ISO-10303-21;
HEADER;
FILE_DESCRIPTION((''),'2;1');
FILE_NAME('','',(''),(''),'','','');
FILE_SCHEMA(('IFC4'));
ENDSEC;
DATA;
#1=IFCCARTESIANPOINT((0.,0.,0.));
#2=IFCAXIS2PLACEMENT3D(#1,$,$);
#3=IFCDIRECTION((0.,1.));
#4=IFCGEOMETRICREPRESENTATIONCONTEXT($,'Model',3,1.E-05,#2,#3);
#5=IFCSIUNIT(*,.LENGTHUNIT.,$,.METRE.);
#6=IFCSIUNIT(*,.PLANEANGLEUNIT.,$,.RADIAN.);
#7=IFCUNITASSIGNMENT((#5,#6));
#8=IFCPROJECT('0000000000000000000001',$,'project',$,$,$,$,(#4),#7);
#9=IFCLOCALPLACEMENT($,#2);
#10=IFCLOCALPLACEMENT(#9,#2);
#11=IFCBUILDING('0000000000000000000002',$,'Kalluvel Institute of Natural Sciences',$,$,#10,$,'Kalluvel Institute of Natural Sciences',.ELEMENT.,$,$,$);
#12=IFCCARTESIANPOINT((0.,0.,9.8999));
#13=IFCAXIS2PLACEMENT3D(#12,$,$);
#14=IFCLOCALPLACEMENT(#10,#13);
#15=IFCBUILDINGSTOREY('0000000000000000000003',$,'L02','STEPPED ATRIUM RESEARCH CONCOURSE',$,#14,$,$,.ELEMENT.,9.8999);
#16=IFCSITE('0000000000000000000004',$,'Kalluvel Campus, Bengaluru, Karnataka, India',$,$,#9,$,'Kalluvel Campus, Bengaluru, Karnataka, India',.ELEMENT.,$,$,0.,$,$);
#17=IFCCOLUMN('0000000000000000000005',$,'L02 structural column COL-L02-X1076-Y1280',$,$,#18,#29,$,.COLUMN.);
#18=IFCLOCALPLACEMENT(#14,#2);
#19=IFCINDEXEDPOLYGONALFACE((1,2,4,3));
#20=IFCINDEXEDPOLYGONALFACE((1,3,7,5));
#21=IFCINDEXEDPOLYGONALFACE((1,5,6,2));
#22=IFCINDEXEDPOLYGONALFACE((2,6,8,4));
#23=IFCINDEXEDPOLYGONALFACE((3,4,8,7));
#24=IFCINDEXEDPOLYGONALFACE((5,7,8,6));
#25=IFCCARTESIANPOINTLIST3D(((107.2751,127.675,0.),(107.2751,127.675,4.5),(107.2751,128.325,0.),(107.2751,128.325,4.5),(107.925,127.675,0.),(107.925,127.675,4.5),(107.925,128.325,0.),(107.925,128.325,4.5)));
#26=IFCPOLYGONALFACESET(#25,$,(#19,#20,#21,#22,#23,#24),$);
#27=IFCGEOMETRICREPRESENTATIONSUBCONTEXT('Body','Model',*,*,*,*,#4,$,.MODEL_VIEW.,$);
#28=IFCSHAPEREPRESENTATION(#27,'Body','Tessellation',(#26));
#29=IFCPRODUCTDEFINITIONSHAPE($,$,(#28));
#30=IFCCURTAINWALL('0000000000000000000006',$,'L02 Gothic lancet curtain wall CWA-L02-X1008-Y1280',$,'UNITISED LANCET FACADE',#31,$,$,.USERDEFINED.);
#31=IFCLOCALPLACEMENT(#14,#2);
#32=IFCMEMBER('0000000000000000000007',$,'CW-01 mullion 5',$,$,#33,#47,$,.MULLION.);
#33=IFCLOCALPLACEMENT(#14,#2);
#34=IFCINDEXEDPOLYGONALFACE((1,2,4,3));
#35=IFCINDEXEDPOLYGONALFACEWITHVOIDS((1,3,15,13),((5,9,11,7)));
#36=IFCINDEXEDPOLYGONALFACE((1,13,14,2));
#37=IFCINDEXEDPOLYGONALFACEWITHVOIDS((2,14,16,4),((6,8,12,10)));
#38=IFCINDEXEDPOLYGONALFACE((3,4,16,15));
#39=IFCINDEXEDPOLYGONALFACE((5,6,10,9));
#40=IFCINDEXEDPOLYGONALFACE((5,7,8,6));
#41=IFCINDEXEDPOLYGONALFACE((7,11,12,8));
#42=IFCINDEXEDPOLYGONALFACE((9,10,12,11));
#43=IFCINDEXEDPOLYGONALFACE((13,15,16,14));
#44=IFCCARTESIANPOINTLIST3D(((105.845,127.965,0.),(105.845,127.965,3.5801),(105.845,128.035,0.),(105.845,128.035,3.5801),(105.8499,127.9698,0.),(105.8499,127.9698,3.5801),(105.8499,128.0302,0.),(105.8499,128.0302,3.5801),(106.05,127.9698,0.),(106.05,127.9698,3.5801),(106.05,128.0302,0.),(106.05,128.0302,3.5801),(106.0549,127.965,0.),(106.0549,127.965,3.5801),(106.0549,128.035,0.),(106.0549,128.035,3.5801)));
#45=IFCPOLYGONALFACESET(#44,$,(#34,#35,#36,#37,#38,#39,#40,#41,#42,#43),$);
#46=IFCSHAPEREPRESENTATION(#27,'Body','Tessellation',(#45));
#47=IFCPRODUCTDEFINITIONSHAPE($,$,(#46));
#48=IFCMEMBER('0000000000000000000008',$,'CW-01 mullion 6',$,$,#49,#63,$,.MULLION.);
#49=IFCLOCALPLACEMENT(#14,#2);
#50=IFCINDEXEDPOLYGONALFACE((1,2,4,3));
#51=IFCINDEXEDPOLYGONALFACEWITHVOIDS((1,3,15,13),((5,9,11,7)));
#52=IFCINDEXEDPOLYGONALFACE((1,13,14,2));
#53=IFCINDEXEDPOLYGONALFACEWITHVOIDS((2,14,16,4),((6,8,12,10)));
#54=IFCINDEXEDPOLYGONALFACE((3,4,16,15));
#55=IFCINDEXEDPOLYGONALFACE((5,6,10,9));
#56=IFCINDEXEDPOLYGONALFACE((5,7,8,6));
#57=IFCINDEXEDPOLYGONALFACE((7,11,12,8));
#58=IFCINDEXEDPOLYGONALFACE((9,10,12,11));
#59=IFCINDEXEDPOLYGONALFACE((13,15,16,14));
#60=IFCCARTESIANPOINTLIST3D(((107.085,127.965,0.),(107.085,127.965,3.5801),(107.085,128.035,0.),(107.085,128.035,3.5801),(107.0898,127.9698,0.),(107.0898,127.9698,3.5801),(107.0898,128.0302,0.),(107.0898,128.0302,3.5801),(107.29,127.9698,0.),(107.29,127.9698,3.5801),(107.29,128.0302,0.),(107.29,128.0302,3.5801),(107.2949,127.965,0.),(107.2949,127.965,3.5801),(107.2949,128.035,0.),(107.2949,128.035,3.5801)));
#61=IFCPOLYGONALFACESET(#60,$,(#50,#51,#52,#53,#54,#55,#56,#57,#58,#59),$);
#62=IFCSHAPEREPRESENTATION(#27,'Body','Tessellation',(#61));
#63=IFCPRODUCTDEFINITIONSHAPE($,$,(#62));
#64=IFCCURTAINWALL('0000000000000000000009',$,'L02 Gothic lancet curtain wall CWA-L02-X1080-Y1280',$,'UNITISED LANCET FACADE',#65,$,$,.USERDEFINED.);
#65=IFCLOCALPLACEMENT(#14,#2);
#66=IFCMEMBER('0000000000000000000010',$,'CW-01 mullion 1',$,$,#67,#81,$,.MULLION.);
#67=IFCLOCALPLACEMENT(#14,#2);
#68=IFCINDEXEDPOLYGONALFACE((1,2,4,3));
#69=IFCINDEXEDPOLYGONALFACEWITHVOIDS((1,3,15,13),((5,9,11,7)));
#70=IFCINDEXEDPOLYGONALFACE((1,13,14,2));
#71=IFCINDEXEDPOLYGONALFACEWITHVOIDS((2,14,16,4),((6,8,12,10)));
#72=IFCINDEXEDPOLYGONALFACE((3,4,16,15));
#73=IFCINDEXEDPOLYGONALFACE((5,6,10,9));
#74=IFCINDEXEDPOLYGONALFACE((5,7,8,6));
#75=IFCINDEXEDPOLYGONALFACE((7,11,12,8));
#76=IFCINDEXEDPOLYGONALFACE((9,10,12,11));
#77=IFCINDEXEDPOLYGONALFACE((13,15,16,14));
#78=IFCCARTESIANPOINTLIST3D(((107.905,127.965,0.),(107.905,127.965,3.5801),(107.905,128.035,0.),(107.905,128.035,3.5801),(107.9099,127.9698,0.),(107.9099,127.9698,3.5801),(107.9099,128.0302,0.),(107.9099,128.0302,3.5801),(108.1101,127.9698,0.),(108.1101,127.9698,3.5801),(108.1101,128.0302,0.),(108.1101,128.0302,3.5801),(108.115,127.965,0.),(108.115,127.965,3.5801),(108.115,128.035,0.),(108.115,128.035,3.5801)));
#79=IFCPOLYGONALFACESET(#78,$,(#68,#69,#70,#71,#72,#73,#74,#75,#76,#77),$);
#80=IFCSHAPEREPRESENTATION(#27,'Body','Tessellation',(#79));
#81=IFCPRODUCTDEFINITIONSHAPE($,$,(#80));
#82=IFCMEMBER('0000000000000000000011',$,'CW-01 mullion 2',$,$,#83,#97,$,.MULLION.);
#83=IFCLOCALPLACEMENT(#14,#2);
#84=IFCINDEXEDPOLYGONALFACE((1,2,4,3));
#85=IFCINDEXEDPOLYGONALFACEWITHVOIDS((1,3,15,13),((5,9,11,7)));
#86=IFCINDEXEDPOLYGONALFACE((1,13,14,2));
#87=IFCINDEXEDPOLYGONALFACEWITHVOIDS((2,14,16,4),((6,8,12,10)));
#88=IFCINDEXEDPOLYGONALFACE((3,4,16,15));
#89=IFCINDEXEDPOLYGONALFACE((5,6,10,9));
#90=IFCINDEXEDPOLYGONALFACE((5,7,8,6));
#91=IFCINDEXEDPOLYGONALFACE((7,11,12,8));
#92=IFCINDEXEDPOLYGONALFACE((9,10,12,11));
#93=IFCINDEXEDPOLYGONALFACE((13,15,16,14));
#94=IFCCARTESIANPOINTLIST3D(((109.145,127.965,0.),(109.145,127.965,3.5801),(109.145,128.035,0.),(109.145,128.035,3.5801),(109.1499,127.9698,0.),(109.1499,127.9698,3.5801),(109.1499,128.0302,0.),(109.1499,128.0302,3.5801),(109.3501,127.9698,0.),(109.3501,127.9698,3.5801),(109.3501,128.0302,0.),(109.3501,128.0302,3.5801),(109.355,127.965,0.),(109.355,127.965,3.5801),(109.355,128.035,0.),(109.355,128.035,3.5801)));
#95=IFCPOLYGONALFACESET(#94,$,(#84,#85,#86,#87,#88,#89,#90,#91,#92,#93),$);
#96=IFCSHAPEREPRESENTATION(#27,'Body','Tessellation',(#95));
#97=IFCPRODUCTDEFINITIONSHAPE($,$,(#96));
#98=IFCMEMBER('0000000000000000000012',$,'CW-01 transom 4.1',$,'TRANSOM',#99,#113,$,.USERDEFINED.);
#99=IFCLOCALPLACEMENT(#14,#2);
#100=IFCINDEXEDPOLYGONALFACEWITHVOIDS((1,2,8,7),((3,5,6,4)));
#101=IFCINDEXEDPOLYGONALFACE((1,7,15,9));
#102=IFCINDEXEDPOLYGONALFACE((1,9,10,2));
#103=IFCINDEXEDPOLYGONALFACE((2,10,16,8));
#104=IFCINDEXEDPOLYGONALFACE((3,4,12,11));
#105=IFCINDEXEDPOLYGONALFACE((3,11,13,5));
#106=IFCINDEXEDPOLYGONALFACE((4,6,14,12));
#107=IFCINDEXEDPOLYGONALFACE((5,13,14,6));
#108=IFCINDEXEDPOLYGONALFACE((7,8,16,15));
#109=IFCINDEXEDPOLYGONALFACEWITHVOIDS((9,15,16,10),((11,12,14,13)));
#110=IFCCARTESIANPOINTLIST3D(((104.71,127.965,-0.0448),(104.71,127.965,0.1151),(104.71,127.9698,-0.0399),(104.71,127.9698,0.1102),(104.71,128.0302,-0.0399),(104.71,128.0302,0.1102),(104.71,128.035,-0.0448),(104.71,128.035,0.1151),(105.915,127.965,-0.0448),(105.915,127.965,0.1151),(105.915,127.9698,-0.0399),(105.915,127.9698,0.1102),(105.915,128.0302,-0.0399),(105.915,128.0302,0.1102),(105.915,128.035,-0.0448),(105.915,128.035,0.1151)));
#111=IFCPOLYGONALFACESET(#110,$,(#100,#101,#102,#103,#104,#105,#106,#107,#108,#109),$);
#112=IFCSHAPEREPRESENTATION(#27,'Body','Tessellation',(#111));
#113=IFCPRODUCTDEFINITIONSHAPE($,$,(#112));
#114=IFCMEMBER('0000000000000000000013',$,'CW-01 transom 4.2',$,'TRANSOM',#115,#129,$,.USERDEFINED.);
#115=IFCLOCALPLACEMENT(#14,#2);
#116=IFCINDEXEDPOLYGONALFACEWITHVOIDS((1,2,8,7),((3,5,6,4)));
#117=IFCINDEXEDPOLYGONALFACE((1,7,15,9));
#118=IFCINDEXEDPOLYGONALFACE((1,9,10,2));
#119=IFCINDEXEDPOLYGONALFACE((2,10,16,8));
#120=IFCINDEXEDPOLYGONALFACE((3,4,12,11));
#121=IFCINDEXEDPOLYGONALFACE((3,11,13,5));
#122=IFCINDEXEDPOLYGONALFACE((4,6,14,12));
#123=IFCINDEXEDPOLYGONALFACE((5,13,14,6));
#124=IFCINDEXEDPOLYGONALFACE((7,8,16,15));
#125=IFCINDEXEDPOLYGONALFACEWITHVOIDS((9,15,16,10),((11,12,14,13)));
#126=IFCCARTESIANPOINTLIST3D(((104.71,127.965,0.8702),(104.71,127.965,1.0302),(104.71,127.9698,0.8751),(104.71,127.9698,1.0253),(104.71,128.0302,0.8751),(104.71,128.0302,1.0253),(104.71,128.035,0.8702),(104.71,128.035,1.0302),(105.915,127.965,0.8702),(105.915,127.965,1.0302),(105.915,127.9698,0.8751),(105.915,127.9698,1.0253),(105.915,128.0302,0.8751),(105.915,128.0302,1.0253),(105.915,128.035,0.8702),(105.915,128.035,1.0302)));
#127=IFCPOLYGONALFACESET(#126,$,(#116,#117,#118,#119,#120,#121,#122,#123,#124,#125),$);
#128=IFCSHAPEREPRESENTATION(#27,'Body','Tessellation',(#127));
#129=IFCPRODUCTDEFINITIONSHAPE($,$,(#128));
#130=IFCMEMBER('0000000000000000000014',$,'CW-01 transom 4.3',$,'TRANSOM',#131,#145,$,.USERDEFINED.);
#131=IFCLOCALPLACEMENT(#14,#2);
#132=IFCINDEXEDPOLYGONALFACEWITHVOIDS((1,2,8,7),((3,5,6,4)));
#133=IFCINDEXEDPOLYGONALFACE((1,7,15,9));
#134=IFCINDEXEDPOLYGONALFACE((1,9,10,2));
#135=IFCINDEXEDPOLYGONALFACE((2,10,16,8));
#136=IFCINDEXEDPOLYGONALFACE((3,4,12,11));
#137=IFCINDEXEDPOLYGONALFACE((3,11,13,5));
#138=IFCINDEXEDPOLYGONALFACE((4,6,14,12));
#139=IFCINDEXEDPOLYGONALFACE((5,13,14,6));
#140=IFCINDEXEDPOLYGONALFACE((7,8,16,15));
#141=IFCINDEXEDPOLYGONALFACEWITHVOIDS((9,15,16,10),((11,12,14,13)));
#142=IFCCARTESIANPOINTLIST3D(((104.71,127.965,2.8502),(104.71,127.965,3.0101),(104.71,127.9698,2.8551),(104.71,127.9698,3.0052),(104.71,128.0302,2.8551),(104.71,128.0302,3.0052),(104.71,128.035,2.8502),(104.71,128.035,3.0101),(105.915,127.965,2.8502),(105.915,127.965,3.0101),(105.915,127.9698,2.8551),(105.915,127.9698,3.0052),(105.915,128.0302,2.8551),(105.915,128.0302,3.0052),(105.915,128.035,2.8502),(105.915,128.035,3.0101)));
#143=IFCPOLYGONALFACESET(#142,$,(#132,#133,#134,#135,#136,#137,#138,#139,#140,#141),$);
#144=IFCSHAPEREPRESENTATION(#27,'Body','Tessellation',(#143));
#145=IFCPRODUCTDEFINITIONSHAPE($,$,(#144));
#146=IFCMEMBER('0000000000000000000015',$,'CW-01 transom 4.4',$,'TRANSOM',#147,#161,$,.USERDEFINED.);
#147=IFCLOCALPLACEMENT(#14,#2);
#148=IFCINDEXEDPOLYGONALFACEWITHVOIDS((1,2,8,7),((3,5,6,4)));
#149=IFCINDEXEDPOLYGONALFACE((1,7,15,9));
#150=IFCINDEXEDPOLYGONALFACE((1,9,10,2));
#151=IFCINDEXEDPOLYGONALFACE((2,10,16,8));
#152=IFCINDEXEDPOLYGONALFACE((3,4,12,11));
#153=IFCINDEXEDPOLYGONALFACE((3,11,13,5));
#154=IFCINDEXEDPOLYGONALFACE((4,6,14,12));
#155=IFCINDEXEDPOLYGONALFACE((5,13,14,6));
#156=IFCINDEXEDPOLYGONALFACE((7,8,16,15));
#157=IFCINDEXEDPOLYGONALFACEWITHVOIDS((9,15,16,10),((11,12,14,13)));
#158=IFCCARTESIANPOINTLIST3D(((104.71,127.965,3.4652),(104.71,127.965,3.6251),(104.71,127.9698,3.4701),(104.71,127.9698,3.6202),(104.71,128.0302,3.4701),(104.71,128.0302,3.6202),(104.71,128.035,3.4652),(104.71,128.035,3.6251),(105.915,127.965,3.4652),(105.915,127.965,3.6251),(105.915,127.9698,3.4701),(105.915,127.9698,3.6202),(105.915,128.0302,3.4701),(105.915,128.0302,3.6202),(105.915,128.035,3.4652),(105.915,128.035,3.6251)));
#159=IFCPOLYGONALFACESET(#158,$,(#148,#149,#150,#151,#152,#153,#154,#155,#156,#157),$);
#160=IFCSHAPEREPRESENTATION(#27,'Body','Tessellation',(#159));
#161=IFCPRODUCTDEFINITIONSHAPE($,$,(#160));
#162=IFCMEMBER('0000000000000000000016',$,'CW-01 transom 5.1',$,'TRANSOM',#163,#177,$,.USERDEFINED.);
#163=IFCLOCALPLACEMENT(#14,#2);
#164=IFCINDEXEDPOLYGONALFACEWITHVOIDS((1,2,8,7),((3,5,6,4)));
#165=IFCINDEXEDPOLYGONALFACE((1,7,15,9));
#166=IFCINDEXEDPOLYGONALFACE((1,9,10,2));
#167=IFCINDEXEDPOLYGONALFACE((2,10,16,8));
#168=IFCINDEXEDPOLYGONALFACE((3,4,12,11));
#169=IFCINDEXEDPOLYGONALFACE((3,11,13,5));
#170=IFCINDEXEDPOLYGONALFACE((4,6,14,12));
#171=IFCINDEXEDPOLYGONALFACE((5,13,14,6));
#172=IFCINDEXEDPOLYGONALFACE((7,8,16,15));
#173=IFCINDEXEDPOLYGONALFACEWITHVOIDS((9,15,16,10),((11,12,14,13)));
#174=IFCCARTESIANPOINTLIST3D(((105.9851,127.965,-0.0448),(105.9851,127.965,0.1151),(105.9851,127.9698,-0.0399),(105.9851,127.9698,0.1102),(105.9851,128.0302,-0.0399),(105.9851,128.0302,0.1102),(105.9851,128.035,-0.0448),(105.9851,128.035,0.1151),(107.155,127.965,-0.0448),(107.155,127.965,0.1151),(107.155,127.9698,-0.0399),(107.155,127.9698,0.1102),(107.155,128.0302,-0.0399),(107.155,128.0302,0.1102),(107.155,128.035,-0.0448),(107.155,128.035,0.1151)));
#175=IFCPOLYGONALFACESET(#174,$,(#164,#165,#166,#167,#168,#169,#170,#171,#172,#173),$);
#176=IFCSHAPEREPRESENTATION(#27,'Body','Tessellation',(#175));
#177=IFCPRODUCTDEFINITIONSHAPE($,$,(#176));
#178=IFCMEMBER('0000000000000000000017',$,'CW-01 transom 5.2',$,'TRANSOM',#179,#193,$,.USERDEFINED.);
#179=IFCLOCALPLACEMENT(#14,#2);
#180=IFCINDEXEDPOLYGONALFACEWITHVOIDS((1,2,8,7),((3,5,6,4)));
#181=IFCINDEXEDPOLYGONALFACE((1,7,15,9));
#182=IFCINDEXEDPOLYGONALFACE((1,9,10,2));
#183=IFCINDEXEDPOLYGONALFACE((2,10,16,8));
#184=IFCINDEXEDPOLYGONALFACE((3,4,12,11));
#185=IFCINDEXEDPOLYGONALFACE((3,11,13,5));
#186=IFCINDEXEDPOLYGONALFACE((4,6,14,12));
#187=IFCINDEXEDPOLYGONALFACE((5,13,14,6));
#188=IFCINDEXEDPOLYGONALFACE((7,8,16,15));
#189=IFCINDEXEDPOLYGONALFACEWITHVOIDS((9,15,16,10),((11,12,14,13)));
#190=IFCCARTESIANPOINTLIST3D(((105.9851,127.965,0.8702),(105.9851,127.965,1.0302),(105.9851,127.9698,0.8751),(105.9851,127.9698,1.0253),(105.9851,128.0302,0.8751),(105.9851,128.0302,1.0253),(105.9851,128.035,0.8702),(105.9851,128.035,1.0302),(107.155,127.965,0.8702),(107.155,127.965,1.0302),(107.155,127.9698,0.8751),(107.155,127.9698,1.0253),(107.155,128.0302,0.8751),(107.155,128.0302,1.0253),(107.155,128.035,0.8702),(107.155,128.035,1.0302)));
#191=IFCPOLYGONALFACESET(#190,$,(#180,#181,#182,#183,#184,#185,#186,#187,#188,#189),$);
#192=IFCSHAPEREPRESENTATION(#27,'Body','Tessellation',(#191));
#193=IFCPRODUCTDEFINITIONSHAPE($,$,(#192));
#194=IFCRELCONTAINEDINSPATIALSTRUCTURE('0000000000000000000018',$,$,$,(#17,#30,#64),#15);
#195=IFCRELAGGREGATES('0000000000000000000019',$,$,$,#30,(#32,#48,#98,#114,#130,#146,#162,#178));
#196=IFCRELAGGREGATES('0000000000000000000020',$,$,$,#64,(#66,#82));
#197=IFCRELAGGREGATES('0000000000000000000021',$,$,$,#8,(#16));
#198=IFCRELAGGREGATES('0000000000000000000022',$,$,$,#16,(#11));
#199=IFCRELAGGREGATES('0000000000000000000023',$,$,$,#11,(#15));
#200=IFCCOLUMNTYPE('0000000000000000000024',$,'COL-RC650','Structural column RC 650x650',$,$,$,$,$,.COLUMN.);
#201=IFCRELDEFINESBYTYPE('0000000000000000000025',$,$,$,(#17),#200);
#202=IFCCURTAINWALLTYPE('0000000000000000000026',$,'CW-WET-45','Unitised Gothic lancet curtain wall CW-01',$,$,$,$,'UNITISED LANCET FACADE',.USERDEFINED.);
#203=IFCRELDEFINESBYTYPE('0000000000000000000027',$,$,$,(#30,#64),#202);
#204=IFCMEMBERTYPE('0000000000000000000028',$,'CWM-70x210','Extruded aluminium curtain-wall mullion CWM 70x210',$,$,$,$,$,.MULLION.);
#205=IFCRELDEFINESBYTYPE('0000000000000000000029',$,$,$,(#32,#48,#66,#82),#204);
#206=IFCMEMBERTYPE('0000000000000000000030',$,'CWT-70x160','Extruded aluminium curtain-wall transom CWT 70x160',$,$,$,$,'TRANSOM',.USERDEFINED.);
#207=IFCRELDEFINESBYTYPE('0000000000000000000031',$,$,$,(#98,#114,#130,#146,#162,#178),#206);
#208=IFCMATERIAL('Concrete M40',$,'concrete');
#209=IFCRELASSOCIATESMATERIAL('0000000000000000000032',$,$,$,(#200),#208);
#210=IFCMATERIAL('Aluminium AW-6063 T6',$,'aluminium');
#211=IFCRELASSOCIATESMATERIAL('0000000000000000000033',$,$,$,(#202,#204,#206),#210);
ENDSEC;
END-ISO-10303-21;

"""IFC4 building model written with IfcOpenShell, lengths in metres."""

from ifc_helpers import new_model, si_unit, direction, frame, origin, origin_2d, place, context, subcontext, project, spatial, rectangle, hollow_rectangle, extrude, material, material_profile, profile_set, type_object, element, aggregate, save


model = new_model("IFC4")

# Units and contexts
model_context = context("Model", 3, precision=1e-05, world=origin(), true_north=direction((0.0, 1.0)))
body_context = subcontext(model_context, "Body", "Model", "MODEL_VIEW")
ifc_project = project(units=[si_unit("LENGTHUNIT", "METRE"), si_unit("PLANEANGLEUNIT", "RADIAN")], contexts=[model_context])

# Site, building, storey
site_placement = place(None, origin())
site = spatial("IfcSite", under=ifc_project, at=site_placement, Name="Kalluvel Campus, Bengaluru, Karnataka, India", LongName="Kalluvel Campus, Bengaluru, Karnataka, India", CompositionType="ELEMENT", RefElevation=0.0)
building_placement = place(site_placement, origin())
building = spatial("IfcBuilding", under=site, at=building_placement, Name="Kalluvel Institute of Natural Sciences", LongName="Kalluvel Institute of Natural Sciences", CompositionType="ELEMENT")
storey_placement = place(building_placement, frame((0.0, 0.0, 9.8999)))
storey = spatial("IfcBuildingStorey", under=building, at=storey_placement, Name="L02", Description="STEPPED ATRIUM RESEARCH CONCOURSE", CompositionType="ELEMENT", Elevation=9.8999)

# Column
ifc_material_1 = material(Name="Concrete M40", Category="concrete")
ifc_material_profile_1 = material_profile(ifc_material_1, rectangle(XDim=0.6499, YDim=0.6499, at=origin_2d()), Name="RC 650x650")
ifc_profile_set_1 = profile_set([ifc_material_profile_1], Name="Concrete M40")
column_type = type_object("IfcColumnType", Name="COL-RC650", Description="Structural column RC 650x650", PredefinedType="COLUMN", material=ifc_profile_set_1)
column_placement = place(storey_placement, frame((107.6001, 128.0, 0.0), z_axis=(0.0, 0.0, 1.0), x_axis=(1.0, 0.0, 0.0)))
element("IfcColumn", 1, at=column_placement, inside=storey, type_object=column_type, Name="L02 structural column COL-L02-X1076-Y1280", PredefinedType="COLUMN", context=body_context, shape_type="SweptSolid", body=[
    extrude(rectangle(XDim=0.6499, YDim=0.6499, at=origin_2d()), origin(), (0.0, 0.0, 1.0), 4.5),
])

# Curtain walls, members
ifc_material_2 = material(Name="Aluminium AW-6063 T6", Category="aluminium")
curtain_wall_type = type_object("IfcCurtainWallType", Name="CW-WET-45", Description="Unitised Gothic lancet curtain wall CW-01", ElementType="UNITISED LANCET FACADE", PredefinedType="USERDEFINED", material=ifc_material_2)
curtain_wall_1_placement = place(storey_placement, origin())
curtain_wall_1 = element("IfcCurtainWall", 2, at=curtain_wall_1_placement, inside=storey, type_object=curtain_wall_type, Name="L02 Gothic lancet curtain wall CWA-L02-X1008-Y1280", ObjectType="UNITISED LANCET FACADE", PredefinedType="USERDEFINED")
ifc_material_profile_2 = material_profile(ifc_material_2, hollow_rectangle(XDim=0.0701, YDim=0.21, WallThickness=0.0049, at=origin_2d()), Name="CWM 70x210")
ifc_profile_set_2 = profile_set([ifc_material_profile_2], Name="Aluminium AW-6063 T6")
member_type_1 = type_object("IfcMemberType", Name="CWM-70x210", Description="Extruded aluminium curtain-wall mullion CWM 70x210", PredefinedType="MULLION", material=ifc_profile_set_2)
member_1_placement = place(storey_placement, frame((105.95, 128.0, 0.0), z_axis=(0.0, 0.0, 1.0), x_axis=(0.0, 1.0, 0.0)))
member_1 = element("IfcMember", 3, at=member_1_placement, type_object=member_type_1, Name="CW-01 mullion 5", PredefinedType="MULLION", context=body_context, shape_type="SweptSolid", body=[
    extrude(hollow_rectangle(XDim=0.0701, YDim=0.21, WallThickness=0.0049, at=origin_2d()), origin(), (0.0, 0.0, 1.0), 3.5801),
])
member_2_placement = place(storey_placement, frame((107.1899, 128.0, 0.0), z_axis=(0.0, 0.0, 1.0), x_axis=(0.0, 1.0, 0.0)))
member_2 = element("IfcMember", 4, at=member_2_placement, type_object=member_type_1, Name="CW-01 mullion 6", PredefinedType="MULLION", context=body_context, shape_type="SweptSolid", body=[
    extrude(hollow_rectangle(XDim=0.0701, YDim=0.21, WallThickness=0.0049, at=origin_2d()), origin(), (0.0, 0.0, 1.0), 3.5801),
])
curtain_wall_2_placement = place(storey_placement, origin())
curtain_wall_2 = element("IfcCurtainWall", 5, at=curtain_wall_2_placement, inside=storey, type_object=curtain_wall_type, Name="L02 Gothic lancet curtain wall CWA-L02-X1080-Y1280", ObjectType="UNITISED LANCET FACADE", PredefinedType="USERDEFINED")
member_3_placement = place(storey_placement, frame((108.01, 128.0, 0.0), z_axis=(0.0, 0.0, 1.0), x_axis=(0.0, 1.0, 0.0)))
member_3 = element("IfcMember", 6, at=member_3_placement, type_object=member_type_1, Name="CW-01 mullion 1", PredefinedType="MULLION", context=body_context, shape_type="SweptSolid", body=[
    extrude(hollow_rectangle(XDim=0.0701, YDim=0.21, WallThickness=0.0049, at=origin_2d()), origin(), (0.0, 0.0, 1.0), 3.5801),
])
member_4_placement = place(storey_placement, frame((109.25, 128.0, 0.0), z_axis=(0.0, 0.0, 1.0), x_axis=(0.0, 1.0, 0.0)))
member_4 = element("IfcMember", 7, at=member_4_placement, type_object=member_type_1, Name="CW-01 mullion 2", PredefinedType="MULLION", context=body_context, shape_type="SweptSolid", body=[
    extrude(hollow_rectangle(XDim=0.0701, YDim=0.21, WallThickness=0.0049, at=origin_2d()), origin(), (0.0, 0.0, 1.0), 3.5801),
])

# Members
ifc_material_profile_3 = material_profile(ifc_material_2, hollow_rectangle(XDim=0.0701, YDim=0.1599, WallThickness=0.0049, at=origin_2d()), Name="CWT 70x160")
ifc_profile_set_3 = profile_set([ifc_material_profile_3], Name="Aluminium AW-6063 T6")
member_type_2 = type_object("IfcMemberType", Name="CWT-70x160", Description="Extruded aluminium curtain-wall transom CWT 70x160", ElementType="TRANSOM", PredefinedType="USERDEFINED", material=ifc_profile_set_3)
member_5_placement = place(storey_placement, frame((104.71, 128.0, 0.0352), z_axis=(1.0, 0.0, 0.0), x_axis=(0.0, 1.0, 0.0)))
member_5 = element("IfcMember", 8, at=member_5_placement, type_object=member_type_2, Name="CW-01 transom 4.1", ObjectType="TRANSOM", PredefinedType="USERDEFINED", context=body_context, shape_type="SweptSolid", body=[
    extrude(hollow_rectangle(XDim=0.0701, YDim=0.1599, WallThickness=0.0049, at=origin_2d()), origin(), (0.0, 0.0, 1.0), 1.2051),
])
member_6_placement = place(storey_placement, frame((104.71, 128.0, 0.9502), z_axis=(1.0, 0.0, 0.0), x_axis=(0.0, 1.0, 0.0)))
member_6 = element("IfcMember", 9, at=member_6_placement, type_object=member_type_2, Name="CW-01 transom 4.2", ObjectType="TRANSOM", PredefinedType="USERDEFINED", context=body_context, shape_type="SweptSolid", body=[
    extrude(hollow_rectangle(XDim=0.0701, YDim=0.1599, WallThickness=0.0049, at=origin_2d()), origin(), (0.0, 0.0, 1.0), 1.2051),
])
member_7_placement = place(storey_placement, frame((104.71, 128.0, 2.9302), z_axis=(1.0, 0.0, 0.0), x_axis=(0.0, 1.0, 0.0)))
member_7 = element("IfcMember", 10, at=member_7_placement, type_object=member_type_2, Name="CW-01 transom 4.3", ObjectType="TRANSOM", PredefinedType="USERDEFINED", context=body_context, shape_type="SweptSolid", body=[
    extrude(hollow_rectangle(XDim=0.0701, YDim=0.1599, WallThickness=0.0049, at=origin_2d()), origin(), (0.0, 0.0, 1.0), 1.2051),
])
member_8_placement = place(storey_placement, frame((104.71, 128.0, 3.5452), z_axis=(1.0, 0.0, 0.0), x_axis=(0.0, 1.0, 0.0)))
member_8 = element("IfcMember", 11, at=member_8_placement, type_object=member_type_2, Name="CW-01 transom 4.4", ObjectType="TRANSOM", PredefinedType="USERDEFINED", context=body_context, shape_type="SweptSolid", body=[
    extrude(hollow_rectangle(XDim=0.0701, YDim=0.1599, WallThickness=0.0049, at=origin_2d()), origin(), (0.0, 0.0, 1.0), 1.2051),
])
member_9_placement = place(storey_placement, frame((105.9851, 128.0, 0.0352), z_axis=(1.0, 0.0, 0.0), x_axis=(0.0, 1.0, 0.0)))
member_9 = element("IfcMember", 12, at=member_9_placement, type_object=member_type_2, Name="CW-01 transom 5.1", ObjectType="TRANSOM", PredefinedType="USERDEFINED", context=body_context, shape_type="SweptSolid", body=[
    extrude(hollow_rectangle(XDim=0.0701, YDim=0.1599, WallThickness=0.0049, at=origin_2d()), origin(), (0.0, 0.0, 1.0), 1.1699),
])
member_10_placement = place(storey_placement, frame((105.9851, 128.0, 0.9502), z_axis=(1.0, 0.0, 0.0), x_axis=(0.0, 1.0, 0.0)))
member_10 = element("IfcMember", 13, at=member_10_placement, type_object=member_type_2, Name="CW-01 transom 5.2", ObjectType="TRANSOM", PredefinedType="USERDEFINED", context=body_context, shape_type="SweptSolid", body=[
    extrude(hollow_rectangle(XDim=0.0701, YDim=0.1599, WallThickness=0.0049, at=origin_2d()), origin(), (0.0, 0.0, 1.0), 1.1699),
])

aggregate(curtain_wall_1, [member_1, member_2, member_5, member_6, member_7, member_8, member_9, member_10])
aggregate(curtain_wall_2, [member_3, member_4])

save(model, "model.ifc")
